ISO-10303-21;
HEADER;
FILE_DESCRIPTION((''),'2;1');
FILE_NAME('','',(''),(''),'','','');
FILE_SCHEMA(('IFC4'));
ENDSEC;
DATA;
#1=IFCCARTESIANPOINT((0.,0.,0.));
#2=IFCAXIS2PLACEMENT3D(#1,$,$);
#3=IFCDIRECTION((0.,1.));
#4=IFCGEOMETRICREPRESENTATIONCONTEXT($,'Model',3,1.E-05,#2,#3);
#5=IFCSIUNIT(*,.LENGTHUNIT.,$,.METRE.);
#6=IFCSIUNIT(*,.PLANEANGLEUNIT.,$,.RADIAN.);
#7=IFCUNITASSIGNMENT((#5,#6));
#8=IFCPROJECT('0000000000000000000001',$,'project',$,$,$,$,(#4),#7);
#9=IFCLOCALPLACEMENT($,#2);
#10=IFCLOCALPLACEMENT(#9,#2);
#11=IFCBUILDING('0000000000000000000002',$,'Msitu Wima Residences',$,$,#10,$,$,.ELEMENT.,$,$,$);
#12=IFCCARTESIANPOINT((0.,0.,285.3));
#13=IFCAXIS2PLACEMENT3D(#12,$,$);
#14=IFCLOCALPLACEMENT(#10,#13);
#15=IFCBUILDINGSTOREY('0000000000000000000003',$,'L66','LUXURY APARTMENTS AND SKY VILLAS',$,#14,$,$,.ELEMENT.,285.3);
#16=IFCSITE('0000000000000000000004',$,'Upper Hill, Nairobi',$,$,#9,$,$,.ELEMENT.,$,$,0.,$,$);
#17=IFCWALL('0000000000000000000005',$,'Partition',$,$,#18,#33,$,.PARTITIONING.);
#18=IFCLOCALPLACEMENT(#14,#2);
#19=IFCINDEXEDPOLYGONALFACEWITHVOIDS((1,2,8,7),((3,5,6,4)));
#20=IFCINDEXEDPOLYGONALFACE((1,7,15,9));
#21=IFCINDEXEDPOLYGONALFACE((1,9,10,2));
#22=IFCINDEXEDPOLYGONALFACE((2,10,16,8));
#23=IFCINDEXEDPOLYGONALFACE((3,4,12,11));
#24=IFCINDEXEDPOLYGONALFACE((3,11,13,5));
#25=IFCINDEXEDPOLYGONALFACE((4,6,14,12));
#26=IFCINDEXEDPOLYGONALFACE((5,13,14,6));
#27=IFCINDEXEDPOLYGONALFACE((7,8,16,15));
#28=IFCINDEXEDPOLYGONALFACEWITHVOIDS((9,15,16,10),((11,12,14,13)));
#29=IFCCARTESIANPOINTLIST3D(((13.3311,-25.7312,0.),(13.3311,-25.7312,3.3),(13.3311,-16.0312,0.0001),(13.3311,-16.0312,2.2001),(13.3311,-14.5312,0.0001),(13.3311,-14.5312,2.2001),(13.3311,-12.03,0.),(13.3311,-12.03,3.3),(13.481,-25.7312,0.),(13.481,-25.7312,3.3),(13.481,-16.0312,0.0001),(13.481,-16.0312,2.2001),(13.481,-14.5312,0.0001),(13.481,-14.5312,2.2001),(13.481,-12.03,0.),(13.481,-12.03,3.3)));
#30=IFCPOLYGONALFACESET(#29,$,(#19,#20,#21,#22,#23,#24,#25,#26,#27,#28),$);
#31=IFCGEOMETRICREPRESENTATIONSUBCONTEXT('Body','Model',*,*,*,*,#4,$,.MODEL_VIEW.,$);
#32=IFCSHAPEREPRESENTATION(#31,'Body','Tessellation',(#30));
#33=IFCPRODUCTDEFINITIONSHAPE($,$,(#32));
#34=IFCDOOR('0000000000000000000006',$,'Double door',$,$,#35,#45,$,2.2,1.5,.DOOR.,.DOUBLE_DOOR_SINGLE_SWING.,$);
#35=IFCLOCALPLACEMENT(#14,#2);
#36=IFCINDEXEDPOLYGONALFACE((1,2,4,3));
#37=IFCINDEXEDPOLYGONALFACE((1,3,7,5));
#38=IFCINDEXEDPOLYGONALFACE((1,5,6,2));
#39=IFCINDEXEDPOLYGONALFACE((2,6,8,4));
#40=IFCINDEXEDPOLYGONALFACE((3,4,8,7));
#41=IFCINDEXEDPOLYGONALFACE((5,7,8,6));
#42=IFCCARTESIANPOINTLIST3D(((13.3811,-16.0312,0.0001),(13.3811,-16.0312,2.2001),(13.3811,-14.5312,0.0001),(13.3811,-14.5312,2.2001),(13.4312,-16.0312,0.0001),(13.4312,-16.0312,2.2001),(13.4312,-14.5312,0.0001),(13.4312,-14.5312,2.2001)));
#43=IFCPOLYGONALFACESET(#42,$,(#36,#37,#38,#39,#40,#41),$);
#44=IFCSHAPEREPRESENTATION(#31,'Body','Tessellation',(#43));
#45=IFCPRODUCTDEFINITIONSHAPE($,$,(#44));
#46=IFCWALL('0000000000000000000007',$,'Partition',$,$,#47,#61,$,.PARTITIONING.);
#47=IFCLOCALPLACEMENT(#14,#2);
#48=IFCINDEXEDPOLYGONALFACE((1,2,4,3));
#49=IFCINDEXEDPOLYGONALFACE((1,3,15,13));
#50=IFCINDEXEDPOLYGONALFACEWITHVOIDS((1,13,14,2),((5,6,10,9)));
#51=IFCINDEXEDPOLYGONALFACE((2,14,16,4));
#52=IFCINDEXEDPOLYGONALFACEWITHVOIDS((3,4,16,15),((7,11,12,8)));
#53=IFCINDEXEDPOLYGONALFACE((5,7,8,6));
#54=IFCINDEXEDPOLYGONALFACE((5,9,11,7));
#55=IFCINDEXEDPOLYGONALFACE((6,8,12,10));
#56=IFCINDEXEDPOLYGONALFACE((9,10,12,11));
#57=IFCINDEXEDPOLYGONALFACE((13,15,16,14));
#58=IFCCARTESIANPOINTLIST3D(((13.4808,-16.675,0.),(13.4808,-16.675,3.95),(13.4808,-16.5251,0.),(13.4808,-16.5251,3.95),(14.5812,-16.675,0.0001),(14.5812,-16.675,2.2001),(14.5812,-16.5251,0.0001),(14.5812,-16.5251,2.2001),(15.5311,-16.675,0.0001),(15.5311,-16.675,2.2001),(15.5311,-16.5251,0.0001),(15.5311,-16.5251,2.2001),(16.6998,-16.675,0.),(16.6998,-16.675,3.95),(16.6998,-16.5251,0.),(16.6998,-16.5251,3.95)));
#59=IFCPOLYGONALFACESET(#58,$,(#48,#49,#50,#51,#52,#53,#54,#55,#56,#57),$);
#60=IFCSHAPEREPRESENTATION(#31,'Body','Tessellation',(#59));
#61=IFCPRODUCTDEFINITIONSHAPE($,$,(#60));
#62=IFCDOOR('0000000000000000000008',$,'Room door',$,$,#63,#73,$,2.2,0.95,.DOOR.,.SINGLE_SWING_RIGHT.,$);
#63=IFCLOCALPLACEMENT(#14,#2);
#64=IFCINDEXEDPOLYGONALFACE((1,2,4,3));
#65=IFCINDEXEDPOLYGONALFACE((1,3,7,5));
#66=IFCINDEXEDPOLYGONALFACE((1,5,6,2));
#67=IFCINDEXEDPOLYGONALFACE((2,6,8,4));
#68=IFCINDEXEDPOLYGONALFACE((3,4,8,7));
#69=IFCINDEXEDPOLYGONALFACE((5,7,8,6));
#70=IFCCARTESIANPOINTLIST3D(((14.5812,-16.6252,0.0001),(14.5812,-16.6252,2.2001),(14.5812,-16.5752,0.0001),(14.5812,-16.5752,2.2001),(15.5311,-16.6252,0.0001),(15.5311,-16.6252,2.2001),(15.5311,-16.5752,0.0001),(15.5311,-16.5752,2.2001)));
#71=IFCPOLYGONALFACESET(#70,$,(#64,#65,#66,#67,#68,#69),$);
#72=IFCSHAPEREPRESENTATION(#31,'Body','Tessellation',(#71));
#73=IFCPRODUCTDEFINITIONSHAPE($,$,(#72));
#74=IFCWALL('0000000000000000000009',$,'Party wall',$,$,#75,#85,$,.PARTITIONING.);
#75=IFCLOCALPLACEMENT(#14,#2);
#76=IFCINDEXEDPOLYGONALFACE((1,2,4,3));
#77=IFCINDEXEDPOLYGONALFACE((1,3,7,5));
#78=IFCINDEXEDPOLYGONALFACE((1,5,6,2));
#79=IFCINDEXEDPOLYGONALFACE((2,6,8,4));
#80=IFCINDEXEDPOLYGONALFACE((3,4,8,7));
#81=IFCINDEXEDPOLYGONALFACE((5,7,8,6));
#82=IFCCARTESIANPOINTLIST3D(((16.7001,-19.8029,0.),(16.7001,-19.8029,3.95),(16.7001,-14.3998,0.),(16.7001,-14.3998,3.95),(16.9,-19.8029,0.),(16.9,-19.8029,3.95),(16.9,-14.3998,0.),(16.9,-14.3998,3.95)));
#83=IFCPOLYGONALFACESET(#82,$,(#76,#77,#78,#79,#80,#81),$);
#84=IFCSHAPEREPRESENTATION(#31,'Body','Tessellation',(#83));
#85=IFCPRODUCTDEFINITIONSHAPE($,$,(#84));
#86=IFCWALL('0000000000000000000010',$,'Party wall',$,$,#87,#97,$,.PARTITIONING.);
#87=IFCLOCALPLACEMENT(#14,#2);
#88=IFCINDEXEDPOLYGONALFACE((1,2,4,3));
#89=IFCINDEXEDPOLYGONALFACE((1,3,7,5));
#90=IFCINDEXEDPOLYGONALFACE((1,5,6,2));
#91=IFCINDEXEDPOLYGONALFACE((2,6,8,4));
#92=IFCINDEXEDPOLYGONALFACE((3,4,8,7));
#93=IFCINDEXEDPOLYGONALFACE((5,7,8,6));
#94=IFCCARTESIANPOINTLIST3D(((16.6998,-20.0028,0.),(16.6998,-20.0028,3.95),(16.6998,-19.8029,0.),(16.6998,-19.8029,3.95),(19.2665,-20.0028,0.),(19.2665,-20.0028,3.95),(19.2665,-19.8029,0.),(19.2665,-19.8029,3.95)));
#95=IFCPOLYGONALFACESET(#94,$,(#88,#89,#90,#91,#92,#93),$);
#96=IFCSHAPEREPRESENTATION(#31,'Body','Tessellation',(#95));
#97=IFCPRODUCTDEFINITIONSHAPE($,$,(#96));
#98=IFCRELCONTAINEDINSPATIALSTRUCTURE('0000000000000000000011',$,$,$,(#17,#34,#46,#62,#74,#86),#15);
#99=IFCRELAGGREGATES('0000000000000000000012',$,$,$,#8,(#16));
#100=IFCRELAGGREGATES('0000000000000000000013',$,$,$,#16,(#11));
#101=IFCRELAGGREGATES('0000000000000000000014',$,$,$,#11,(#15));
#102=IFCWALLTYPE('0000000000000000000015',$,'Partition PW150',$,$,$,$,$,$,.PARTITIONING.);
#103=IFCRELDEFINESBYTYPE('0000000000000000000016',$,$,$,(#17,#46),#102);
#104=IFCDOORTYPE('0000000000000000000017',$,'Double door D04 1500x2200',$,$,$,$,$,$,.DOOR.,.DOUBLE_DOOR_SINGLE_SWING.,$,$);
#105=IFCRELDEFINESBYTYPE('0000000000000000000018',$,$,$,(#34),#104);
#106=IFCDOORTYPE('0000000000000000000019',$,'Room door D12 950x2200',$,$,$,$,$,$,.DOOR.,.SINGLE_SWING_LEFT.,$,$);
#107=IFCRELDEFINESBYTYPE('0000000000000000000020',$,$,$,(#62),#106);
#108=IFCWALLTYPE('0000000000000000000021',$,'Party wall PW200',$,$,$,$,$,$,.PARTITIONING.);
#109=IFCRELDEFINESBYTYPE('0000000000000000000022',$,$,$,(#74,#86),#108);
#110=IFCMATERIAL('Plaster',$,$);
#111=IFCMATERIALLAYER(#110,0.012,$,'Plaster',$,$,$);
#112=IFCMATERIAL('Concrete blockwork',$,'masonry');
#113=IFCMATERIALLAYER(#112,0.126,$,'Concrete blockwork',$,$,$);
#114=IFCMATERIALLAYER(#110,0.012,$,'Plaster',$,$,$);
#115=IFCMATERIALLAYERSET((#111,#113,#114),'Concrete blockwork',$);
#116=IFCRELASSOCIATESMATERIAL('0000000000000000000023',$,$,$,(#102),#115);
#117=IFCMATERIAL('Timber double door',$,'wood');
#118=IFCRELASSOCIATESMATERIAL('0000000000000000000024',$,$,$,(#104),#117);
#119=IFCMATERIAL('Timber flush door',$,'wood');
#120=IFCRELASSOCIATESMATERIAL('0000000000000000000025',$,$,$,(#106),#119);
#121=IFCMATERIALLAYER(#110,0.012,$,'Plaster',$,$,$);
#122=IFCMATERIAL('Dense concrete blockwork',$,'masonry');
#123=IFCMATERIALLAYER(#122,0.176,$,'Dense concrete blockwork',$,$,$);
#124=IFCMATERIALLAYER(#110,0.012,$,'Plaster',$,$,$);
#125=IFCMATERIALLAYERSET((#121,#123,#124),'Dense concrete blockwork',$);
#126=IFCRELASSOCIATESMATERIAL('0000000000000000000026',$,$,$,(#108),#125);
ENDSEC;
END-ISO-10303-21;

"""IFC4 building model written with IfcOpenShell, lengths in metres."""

from ifc_helpers import new_model, si_unit, direction, frame, frame_2d, origin, place, context, subcontext, project, spatial, rectangle, extrude, material, layer, layer_set, type_object, element, fill, save


model = new_model("IFC4")

# Units and contexts
model_context = context("Model", 3, precision=1e-05, world=origin(), true_north=direction((0.0, 1.0)))
body_context = subcontext(model_context, "Body", "Model", "MODEL_VIEW")
ifc_project = project(units=[si_unit("LENGTHUNIT", "METRE"), si_unit("PLANEANGLEUNIT", "RADIAN")], contexts=[model_context])

# Site, building, storey
site_placement = place(None, origin())
site = spatial("IfcSite", under=ifc_project, at=site_placement, Name="Upper Hill, Nairobi", CompositionType="ELEMENT", RefElevation=0.0)
building_placement = place(site_placement, origin())
building = spatial("IfcBuilding", under=site, at=building_placement, Name="Msitu Wima Residences", CompositionType="ELEMENT")
storey_placement = place(building_placement, frame((0.0, 0.0, 285.3)))
storey = spatial("IfcBuildingStorey", under=building, at=storey_placement, Name="L66", Description="LUXURY APARTMENTS AND SKY VILLAS", CompositionType="ELEMENT", Elevation=285.3)

# Shared definitions
ifc_material_1 = material(Name="Plaster")
ifc_material_2 = material(Name="Concrete blockwork", Category="masonry")

# Walls, openings, doors
ifc_layer_1 = layer(ifc_material_1, 0.012, Name="Plaster")
ifc_layer_2 = layer(ifc_material_2, 0.126, Name="Concrete blockwork")
ifc_layer_3 = layer(ifc_material_1, 0.012, Name="Plaster")
ifc_layer_set_1 = layer_set([ifc_layer_1, ifc_layer_2, ifc_layer_3], Name="Concrete blockwork")
wall_type_1 = type_object("IfcWallType", Name="Partition PW150", PredefinedType="PARTITIONING", material=ifc_layer_set_1)
wall_1_placement = place(storey_placement, frame((13.406, -25.7312, 0.0), z_axis=(0.0, 0.0, 1.0), x_axis=(0.0, 1.0, 0.0)))
wall_1 = element("IfcWall", 1, at=wall_1_placement, inside=storey, type_object=wall_type_1, Name="Partition", PredefinedType="PARTITIONING", context=body_context, shape_type="SweptSolid", body=[
    extrude(rectangle(XDim=13.7012, YDim=0.1499, at=frame_2d((6.8506, 0.0))), origin(), (0.0, 0.0, 1.0), 3.3),
])
opening_1_placement = place(wall_1_placement, frame((9.7, 0.0, 0.0)))
opening_1 = element("IfcOpeningElement", 2, at=opening_1_placement, cuts=wall_1, PredefinedType="OPENING", context=body_context, shape_type="SweptSolid", body=[
    extrude(rectangle(XDim=1.5, YDim=2.2, at=frame_2d((0.75, 1.1001))), frame((0.0, 0.085, 0.0), z_axis=(0.0, -1.0, 0.0), x_axis=(1.0, 0.0, 0.0)), (0.0, 0.0, 1.0), 0.1699),
])
ifc_material_3 = material(Name="Timber double door", Category="wood")
door_type_1 = type_object("IfcDoorType", Name="Double door D04 1500x2200", OperationType="DOUBLE_DOOR_SINGLE_SWING", PredefinedType="DOOR", material=ifc_material_3)
door_1_placement = place(opening_1_placement, origin())
door_1 = element("IfcDoor", 3, at=door_1_placement, inside=storey, type_object=door_type_1, Name="Double door", OperationType="DOUBLE_DOOR_SINGLE_SWING", OverallHeight=2.2, OverallWidth=1.5, PredefinedType="DOOR", context=body_context, shape_type="SweptSolid", body=[
    extrude(rectangle(XDim=1.5, YDim=2.2, at=frame_2d((0.75, 1.1001))), frame((0.0, 0.0249, 0.0), z_axis=(0.0, -1.0, 0.0), x_axis=(1.0, 0.0, 0.0)), (0.0, 0.0, 1.0), 0.05),
])
fill(opening_1, door_1)
wall_2_placement = place(storey_placement, frame((13.481, -16.6001, 0.0), z_axis=(0.0, 0.0, 1.0), x_axis=(1.0, 0.0, 0.0)))
wall_2 = element("IfcWall", 4, at=wall_2_placement, inside=storey, type_object=wall_type_1, Name="Partition", PredefinedType="PARTITIONING", context=body_context, shape_type="SweptSolid", body=[
    extrude(rectangle(XDim=3.219, YDim=0.1499, at=frame_2d((1.6094, 0.0))), origin(), (0.0, 0.0, 1.0), 3.95),
])
opening_2_placement = place(wall_2_placement, frame((1.1001, 0.0, 0.0)))
opening_2 = element("IfcOpeningElement", 5, at=opening_2_placement, cuts=wall_2, PredefinedType="OPENING", context=body_context, shape_type="SweptSolid", body=[
    extrude(rectangle(XDim=0.95, YDim=2.2, at=frame_2d((0.4751, 1.1001))), frame((0.0, 0.085, 0.0), z_axis=(0.0, -1.0, 0.0), x_axis=(1.0, 0.0, 0.0)), (0.0, 0.0, 1.0), 0.1699),
])
ifc_material_4 = material(Name="Timber flush door", Category="wood")
door_type_2 = type_object("IfcDoorType", Name="Room door D12 950x2200", OperationType="SINGLE_SWING_LEFT", PredefinedType="DOOR", material=ifc_material_4)
door_2_placement = place(opening_2_placement, origin())
door_2 = element("IfcDoor", 6, at=door_2_placement, inside=storey, type_object=door_type_2, Name="Room door", OperationType="SINGLE_SWING_RIGHT", OverallHeight=2.2, OverallWidth=0.95, PredefinedType="DOOR", context=body_context, shape_type="SweptSolid", body=[
    extrude(rectangle(XDim=0.95, YDim=2.2, at=frame_2d((0.4751, 1.1001))), frame((0.0, 0.0249, 0.0), z_axis=(0.0, -1.0, 0.0), x_axis=(1.0, 0.0, 0.0)), (0.0, 0.0, 1.0), 0.05),
])
fill(opening_2, door_2)

# Walls
ifc_layer_4 = layer(ifc_material_1, 0.012, Name="Plaster")
ifc_material_5 = material(Name="Dense concrete blockwork", Category="masonry")
ifc_layer_5 = layer(ifc_material_5, 0.176, Name="Dense concrete blockwork")
ifc_layer_6 = layer(ifc_material_1, 0.012, Name="Plaster")
ifc_layer_set_2 = layer_set([ifc_layer_4, ifc_layer_5, ifc_layer_6], Name="Dense concrete blockwork")
wall_type_2 = type_object("IfcWallType", Name="Party wall PW200", PredefinedType="PARTITIONING", material=ifc_layer_set_2)
wall_3_placement = place(storey_placement, frame((16.8, -19.803, 0.0), z_axis=(0.0, 0.0, 1.0), x_axis=(0.0, 1.0, 0.0)))
element("IfcWall", 7, at=wall_3_placement, inside=storey, type_object=wall_type_2, Name="Party wall", PredefinedType="PARTITIONING", context=body_context, shape_type="SweptSolid", body=[
    extrude(rectangle(XDim=5.4031, YDim=0.2, at=frame_2d((2.7017, 0.0))), origin(), (0.0, 0.0, 1.0), 3.95),
])
wall_4_placement = place(storey_placement, frame((16.7, -19.9028, 0.0), z_axis=(0.0, 0.0, 1.0), x_axis=(1.0, 0.0, 0.0)))
element("IfcWall", 8, at=wall_4_placement, inside=storey, type_object=wall_type_2, Name="Party wall", PredefinedType="PARTITIONING", context=body_context, shape_type="SweptSolid", body=[
    extrude(rectangle(XDim=2.5667, YDim=0.2, at=frame_2d((1.2832, 0.0))), origin(), (0.0, 0.0, 1.0), 3.95),
])

save(model, "model.ifc")
